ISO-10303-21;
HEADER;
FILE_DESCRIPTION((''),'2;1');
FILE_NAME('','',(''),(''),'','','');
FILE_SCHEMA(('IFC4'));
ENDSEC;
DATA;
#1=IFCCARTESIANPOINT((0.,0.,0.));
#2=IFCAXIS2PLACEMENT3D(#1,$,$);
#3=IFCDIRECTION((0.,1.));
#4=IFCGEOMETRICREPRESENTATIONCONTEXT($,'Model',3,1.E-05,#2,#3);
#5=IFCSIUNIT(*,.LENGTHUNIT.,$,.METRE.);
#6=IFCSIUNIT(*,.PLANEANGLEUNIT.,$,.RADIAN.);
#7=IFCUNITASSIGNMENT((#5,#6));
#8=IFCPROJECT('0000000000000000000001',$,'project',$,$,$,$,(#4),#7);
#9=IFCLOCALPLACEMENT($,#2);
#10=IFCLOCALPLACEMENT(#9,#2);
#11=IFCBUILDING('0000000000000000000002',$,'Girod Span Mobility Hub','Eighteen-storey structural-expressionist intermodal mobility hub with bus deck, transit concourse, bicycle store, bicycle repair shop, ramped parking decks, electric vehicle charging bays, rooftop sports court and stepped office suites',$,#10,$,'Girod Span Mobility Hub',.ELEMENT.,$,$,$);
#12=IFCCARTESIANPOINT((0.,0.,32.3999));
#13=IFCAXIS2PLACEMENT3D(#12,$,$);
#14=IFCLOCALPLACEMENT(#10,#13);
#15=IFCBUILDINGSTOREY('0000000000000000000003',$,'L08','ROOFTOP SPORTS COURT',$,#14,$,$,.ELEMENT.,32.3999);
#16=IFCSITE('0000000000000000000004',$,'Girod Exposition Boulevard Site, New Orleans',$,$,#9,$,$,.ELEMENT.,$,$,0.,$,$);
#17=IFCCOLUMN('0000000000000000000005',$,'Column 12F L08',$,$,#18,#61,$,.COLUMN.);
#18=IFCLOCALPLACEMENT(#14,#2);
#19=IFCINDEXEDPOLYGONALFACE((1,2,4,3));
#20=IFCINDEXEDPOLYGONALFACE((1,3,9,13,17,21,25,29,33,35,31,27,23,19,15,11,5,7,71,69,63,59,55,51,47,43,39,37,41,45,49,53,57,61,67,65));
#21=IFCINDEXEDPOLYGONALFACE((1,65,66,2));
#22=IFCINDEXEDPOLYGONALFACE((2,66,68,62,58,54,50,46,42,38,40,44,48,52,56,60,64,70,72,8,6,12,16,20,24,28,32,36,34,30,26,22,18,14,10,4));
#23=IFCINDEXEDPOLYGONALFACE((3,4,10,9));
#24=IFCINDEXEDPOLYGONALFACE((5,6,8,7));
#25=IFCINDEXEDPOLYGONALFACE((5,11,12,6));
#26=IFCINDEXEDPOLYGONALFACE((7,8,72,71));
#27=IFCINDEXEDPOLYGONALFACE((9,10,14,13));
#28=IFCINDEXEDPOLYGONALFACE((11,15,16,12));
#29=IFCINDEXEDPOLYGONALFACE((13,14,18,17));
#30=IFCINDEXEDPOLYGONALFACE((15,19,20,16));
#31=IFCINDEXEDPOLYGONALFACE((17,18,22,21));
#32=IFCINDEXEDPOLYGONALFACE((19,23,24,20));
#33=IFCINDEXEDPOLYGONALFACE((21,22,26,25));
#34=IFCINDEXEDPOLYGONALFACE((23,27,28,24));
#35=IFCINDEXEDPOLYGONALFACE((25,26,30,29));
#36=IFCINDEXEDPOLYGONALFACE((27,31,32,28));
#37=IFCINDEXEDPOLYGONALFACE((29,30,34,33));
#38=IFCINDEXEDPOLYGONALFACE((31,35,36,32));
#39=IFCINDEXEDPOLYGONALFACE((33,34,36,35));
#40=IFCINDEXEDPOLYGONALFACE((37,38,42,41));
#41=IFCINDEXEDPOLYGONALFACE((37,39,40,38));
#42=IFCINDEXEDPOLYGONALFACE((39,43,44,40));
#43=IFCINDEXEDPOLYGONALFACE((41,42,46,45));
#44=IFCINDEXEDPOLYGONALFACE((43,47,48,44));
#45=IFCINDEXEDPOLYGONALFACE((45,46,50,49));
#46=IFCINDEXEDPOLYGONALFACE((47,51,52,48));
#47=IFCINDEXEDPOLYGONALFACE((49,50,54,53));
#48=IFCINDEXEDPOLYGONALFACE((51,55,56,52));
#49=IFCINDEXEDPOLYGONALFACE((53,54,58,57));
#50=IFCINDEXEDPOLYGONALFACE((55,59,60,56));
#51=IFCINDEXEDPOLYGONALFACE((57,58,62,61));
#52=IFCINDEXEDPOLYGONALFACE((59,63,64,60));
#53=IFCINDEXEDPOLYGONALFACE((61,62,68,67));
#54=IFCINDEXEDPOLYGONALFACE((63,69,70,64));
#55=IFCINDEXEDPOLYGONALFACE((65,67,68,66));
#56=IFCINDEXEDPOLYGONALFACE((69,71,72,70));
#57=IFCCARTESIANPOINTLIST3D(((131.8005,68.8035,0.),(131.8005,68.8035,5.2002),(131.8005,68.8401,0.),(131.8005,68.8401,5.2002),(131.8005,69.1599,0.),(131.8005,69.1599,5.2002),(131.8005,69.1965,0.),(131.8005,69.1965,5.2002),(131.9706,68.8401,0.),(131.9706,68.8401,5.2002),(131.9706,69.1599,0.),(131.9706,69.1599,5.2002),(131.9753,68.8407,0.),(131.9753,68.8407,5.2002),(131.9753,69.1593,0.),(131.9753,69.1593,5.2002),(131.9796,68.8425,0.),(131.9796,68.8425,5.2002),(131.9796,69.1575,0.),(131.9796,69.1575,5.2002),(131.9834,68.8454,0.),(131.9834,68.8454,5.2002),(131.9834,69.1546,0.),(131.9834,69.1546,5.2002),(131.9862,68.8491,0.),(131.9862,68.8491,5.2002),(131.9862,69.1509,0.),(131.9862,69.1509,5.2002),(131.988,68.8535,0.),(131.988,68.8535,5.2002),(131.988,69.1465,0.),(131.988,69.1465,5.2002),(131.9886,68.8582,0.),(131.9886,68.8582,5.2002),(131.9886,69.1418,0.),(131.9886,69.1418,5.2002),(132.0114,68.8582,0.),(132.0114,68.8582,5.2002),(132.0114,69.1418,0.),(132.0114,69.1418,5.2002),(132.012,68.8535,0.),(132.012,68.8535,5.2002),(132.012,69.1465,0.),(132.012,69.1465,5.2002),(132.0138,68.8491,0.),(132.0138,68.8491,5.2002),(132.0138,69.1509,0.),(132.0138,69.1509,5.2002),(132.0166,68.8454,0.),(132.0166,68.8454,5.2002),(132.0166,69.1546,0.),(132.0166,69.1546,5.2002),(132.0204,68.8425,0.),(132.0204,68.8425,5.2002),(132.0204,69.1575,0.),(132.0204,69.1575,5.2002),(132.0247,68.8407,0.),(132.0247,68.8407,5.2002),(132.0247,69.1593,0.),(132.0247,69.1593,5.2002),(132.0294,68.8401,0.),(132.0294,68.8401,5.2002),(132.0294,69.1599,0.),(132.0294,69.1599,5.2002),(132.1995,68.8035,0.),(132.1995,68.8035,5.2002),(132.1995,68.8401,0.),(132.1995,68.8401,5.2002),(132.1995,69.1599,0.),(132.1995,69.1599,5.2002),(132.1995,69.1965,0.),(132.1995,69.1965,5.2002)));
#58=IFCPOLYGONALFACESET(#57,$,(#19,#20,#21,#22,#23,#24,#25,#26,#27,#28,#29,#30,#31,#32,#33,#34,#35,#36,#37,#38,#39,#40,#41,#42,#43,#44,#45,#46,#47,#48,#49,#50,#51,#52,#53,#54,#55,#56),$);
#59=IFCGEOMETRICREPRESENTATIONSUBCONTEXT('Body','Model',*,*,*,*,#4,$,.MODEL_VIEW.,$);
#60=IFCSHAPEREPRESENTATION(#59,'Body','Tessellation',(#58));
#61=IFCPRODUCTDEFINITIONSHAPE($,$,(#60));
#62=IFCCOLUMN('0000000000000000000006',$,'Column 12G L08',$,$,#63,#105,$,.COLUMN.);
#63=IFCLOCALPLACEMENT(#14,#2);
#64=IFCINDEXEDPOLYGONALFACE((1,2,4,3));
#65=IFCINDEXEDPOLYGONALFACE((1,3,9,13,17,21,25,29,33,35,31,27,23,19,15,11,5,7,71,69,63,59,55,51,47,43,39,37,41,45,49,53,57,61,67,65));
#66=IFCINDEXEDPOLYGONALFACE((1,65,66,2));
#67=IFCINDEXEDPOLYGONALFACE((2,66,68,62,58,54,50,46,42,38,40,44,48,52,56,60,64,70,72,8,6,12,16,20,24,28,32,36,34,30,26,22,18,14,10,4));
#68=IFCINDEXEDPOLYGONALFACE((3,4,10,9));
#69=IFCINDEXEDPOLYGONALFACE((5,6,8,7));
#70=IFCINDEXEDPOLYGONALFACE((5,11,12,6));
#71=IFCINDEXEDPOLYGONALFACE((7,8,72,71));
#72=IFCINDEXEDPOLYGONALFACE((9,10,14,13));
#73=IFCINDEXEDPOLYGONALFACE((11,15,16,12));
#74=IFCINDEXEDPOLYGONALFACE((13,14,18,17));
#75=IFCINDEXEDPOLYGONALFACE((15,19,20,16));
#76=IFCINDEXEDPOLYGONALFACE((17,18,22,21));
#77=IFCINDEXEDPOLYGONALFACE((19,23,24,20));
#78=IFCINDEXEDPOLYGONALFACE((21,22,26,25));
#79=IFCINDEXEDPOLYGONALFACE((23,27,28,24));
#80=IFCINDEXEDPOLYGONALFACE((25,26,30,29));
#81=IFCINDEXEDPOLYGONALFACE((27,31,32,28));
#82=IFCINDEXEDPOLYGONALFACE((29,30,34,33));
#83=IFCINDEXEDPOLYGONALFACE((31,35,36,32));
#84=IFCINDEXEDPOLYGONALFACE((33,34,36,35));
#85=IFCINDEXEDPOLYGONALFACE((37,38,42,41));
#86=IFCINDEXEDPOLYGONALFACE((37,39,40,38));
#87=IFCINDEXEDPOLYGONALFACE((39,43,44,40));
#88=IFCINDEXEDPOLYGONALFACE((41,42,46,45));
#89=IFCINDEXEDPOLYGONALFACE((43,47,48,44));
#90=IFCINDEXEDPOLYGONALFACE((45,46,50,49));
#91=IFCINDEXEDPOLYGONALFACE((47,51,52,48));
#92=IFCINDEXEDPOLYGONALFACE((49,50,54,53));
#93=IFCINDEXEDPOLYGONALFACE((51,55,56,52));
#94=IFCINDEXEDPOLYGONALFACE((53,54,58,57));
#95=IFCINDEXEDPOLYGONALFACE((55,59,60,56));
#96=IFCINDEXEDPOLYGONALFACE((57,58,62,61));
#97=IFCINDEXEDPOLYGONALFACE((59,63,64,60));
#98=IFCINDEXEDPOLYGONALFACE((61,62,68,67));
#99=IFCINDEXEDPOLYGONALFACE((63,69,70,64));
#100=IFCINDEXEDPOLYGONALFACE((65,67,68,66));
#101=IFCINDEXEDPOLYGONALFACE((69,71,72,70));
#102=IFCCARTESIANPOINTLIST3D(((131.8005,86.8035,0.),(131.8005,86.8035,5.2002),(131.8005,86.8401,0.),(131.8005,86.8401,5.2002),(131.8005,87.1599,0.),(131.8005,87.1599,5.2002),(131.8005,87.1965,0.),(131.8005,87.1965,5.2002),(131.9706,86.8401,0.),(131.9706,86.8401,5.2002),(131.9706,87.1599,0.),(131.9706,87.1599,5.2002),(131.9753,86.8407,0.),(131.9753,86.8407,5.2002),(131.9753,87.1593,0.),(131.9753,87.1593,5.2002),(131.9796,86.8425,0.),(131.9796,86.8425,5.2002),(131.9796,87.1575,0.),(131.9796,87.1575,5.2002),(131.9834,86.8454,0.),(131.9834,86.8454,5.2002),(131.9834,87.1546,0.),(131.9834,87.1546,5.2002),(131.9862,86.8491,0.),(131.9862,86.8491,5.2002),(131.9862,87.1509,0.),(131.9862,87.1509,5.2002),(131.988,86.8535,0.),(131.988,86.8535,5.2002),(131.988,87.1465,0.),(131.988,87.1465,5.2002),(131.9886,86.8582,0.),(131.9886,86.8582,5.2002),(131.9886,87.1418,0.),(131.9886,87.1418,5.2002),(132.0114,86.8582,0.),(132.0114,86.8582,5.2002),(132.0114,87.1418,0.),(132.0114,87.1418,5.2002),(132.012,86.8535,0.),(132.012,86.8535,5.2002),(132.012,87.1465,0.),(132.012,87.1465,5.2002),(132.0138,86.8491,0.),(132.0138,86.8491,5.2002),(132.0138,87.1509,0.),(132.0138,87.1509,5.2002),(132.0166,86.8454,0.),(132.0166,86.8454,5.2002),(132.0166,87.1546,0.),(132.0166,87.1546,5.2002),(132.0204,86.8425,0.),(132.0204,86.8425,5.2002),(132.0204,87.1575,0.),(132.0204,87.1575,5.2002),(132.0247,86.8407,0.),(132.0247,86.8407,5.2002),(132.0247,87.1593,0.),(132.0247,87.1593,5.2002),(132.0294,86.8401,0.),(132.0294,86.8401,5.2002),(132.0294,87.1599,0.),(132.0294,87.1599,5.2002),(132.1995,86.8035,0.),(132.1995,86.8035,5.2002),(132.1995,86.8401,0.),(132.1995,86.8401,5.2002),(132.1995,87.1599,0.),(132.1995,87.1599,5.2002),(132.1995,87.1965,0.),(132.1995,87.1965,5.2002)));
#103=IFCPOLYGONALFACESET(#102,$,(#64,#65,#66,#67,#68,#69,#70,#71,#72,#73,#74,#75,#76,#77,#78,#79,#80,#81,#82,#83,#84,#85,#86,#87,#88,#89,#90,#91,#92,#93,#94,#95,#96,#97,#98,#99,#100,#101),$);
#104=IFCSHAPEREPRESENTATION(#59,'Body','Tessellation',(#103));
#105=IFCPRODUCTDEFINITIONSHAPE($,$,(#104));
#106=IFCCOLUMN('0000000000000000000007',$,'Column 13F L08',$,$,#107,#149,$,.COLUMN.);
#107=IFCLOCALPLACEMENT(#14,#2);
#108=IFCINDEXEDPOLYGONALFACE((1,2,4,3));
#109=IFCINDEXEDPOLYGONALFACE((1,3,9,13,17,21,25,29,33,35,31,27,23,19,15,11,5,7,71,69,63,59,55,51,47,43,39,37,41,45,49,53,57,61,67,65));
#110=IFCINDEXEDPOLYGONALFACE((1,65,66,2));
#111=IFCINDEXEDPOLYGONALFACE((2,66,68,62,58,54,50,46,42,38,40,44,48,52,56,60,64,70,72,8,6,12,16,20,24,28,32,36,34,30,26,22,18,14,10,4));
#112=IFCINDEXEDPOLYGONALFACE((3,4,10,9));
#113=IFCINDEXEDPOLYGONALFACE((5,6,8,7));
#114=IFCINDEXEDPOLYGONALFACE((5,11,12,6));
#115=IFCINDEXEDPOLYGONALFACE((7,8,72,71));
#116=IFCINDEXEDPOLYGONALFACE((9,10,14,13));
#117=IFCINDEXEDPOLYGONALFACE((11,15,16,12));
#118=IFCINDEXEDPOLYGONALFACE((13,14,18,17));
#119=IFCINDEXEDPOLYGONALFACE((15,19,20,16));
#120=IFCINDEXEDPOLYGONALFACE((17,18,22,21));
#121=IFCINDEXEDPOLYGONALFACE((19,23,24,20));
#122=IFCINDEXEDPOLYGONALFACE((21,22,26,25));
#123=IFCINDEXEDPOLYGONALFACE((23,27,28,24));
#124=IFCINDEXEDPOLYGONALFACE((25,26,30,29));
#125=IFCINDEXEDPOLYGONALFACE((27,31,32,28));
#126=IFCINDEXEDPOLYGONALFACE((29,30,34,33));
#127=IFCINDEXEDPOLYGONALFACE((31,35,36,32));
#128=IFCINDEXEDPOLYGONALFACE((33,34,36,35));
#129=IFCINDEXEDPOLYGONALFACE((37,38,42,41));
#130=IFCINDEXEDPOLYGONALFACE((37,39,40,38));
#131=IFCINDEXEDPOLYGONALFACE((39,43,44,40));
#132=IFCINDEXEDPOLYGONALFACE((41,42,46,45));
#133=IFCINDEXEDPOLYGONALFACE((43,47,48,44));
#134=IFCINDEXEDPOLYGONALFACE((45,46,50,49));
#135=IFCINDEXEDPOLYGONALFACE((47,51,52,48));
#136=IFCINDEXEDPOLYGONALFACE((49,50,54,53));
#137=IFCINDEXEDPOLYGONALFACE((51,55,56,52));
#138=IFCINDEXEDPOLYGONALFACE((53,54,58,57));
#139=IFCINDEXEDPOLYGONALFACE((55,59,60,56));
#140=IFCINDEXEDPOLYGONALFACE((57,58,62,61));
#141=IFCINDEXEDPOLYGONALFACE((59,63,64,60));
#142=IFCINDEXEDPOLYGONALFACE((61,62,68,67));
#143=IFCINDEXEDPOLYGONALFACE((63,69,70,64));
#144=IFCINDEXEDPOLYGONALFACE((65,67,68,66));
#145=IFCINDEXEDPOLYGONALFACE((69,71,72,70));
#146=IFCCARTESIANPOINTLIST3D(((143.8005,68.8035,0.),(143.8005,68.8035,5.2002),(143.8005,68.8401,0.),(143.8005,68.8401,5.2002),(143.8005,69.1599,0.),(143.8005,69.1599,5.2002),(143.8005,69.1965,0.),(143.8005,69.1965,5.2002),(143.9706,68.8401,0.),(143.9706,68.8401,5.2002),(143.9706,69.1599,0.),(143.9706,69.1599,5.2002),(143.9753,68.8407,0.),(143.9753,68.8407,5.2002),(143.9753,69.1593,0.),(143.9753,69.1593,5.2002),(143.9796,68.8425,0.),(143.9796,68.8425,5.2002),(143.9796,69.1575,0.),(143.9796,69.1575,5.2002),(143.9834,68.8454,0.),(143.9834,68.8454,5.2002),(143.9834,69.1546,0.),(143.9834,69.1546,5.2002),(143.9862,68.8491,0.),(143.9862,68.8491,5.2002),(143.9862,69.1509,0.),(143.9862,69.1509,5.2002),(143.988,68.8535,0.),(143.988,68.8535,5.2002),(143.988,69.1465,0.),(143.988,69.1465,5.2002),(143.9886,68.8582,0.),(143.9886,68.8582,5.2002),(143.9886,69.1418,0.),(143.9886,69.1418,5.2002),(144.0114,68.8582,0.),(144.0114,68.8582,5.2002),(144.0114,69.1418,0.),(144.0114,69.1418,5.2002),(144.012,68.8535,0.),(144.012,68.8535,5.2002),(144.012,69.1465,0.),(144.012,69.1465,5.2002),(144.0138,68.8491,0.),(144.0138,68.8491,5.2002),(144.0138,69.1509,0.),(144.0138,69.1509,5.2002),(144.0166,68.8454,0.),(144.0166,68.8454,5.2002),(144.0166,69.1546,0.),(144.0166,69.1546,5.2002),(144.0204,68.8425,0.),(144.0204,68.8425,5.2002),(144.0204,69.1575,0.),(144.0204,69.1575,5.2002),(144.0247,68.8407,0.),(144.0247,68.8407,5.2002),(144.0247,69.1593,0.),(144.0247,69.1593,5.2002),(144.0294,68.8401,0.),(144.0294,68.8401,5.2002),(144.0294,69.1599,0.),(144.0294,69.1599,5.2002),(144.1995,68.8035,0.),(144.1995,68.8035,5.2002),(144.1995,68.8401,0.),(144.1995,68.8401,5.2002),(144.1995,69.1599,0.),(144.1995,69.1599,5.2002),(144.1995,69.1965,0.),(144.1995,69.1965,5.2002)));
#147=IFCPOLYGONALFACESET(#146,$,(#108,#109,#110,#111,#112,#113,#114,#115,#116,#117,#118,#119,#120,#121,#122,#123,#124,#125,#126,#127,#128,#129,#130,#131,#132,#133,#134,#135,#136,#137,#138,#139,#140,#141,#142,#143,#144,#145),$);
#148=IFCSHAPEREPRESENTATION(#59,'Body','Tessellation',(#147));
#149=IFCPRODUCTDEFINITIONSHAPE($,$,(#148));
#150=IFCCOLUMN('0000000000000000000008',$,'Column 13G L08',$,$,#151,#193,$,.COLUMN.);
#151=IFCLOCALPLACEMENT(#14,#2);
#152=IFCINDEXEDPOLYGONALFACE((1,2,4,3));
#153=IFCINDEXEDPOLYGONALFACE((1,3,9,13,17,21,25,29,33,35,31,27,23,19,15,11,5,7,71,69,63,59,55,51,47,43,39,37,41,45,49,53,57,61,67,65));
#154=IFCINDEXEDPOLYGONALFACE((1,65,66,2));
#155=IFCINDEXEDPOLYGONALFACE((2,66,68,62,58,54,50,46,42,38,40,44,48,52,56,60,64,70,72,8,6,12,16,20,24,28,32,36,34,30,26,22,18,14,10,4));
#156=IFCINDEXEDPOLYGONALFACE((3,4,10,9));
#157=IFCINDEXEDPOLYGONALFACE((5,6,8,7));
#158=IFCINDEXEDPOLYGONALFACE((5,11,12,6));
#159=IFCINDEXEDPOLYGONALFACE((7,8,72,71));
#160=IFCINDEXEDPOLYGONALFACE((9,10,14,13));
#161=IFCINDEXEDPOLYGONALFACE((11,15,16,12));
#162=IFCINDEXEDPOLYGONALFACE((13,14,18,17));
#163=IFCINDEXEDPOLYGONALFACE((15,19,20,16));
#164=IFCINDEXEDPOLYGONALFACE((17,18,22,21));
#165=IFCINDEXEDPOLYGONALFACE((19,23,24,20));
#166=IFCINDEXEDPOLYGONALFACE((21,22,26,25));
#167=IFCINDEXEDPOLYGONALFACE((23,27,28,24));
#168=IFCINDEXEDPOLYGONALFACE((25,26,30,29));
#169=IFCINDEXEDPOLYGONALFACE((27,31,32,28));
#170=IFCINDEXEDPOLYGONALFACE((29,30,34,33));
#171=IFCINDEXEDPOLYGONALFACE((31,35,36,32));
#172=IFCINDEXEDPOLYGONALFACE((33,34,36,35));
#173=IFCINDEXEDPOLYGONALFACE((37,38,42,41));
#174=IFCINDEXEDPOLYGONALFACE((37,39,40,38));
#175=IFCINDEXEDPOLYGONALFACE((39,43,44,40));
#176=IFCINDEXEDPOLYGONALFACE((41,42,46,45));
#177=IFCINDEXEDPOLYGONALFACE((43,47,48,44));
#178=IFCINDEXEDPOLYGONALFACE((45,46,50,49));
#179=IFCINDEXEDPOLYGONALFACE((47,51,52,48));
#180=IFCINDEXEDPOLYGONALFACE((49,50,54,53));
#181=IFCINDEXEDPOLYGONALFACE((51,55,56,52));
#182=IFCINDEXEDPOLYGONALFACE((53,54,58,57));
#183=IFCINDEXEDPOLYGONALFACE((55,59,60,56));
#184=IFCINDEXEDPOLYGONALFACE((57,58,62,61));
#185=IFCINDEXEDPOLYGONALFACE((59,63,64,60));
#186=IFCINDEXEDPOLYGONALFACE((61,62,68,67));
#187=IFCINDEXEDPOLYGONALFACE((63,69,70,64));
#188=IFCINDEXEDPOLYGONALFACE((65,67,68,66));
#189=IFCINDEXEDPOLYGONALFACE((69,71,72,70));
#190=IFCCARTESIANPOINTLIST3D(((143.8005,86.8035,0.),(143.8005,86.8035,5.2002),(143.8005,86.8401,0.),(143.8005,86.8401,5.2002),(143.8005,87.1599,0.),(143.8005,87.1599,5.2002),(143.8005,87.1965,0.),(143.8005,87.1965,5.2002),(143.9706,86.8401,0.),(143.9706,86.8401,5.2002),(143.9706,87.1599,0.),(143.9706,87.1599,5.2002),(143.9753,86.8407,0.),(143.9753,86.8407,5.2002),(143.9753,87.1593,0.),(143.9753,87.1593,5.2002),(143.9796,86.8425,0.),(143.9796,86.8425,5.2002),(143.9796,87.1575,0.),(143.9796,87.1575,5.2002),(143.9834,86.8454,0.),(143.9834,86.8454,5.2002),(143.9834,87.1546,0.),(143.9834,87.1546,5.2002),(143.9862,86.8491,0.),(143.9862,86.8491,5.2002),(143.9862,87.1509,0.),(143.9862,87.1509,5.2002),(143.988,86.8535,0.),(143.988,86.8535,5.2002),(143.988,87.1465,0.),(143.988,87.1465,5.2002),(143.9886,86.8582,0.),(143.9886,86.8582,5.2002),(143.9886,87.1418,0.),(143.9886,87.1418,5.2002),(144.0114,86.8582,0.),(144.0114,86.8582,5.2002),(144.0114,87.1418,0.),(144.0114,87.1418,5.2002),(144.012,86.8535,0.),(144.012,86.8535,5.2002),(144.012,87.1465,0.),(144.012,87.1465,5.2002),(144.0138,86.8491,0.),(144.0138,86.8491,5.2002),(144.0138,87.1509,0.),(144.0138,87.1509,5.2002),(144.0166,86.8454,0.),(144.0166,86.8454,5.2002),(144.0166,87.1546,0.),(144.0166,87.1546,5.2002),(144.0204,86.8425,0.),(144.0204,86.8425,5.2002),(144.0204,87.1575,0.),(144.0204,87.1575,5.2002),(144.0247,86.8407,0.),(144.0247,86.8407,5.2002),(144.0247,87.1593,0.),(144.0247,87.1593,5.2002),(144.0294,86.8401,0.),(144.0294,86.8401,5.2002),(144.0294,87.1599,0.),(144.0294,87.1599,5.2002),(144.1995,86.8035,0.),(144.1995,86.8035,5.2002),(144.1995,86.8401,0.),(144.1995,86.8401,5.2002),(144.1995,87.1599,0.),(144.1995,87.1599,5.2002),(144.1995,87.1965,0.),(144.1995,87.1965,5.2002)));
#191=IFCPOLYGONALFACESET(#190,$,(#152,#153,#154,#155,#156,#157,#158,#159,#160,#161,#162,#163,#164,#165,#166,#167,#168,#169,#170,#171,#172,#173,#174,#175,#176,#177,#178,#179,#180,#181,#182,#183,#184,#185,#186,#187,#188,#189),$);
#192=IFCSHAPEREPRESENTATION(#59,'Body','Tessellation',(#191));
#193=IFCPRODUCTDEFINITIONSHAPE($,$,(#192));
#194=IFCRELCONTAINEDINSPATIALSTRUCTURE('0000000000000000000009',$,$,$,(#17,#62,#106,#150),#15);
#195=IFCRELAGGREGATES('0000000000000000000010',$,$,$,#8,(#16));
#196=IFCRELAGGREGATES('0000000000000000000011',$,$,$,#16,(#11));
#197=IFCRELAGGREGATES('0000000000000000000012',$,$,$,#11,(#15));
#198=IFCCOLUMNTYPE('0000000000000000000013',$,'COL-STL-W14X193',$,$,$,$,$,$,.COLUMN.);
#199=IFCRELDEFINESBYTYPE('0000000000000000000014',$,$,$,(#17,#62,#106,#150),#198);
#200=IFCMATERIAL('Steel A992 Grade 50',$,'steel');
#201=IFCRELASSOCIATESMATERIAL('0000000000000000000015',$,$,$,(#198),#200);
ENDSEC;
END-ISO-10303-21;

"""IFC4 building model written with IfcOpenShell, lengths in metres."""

from ifc_helpers import new_model, si_unit, direction, frame, origin, origin_2d, place, context, subcontext, project, spatial, i_section, extrude, material, material_profile, profile_set, type_object, element, save


model = new_model("IFC4")

# Units and contexts
model_context = context("Model", 3, precision=1e-05, world=origin(), true_north=direction((0.0, 1.0)))
body_context = subcontext(model_context, "Body", "Model", "MODEL_VIEW")
ifc_project = project(units=[si_unit("LENGTHUNIT", "METRE"), si_unit("PLANEANGLEUNIT", "RADIAN")], contexts=[model_context])

# Site, building, storey
site_placement = place(None, origin())
site = spatial("IfcSite", under=ifc_project, at=site_placement, Name="Girod Exposition Boulevard Site, New Orleans", CompositionType="ELEMENT", RefElevation=0.0)
building_placement = place(site_placement, origin())
building = spatial("IfcBuilding", under=site, at=building_placement, Name="Girod Span Mobility Hub", Description="Eighteen-storey structural-expressionist intermodal mobility hub with bus deck, transit concourse, bicycle store, bicycle repair shop, ramped parking decks, electric vehicle charging bays, rooftop sports court and stepped office suites", LongName="Girod Span Mobility Hub", CompositionType="ELEMENT")
storey_placement = place(building_placement, frame((0.0, 0.0, 32.3999)))
storey = spatial("IfcBuildingStorey", under=building, at=storey_placement, Name="L08", Description="ROOFTOP SPORTS COURT", CompositionType="ELEMENT", Elevation=32.3999)

# Columns
ifc_material_1 = material(Name="Steel A992 Grade 50", Category="steel")
ifc_material_profile_1 = material_profile(ifc_material_1, i_section(OverallWidth=0.3989, OverallDepth=0.3931, WebThickness=0.0227, FlangeThickness=0.0366, FilletRadius=0.0181, at=origin_2d()), Name="W14X193")
ifc_profile_set_1 = profile_set([ifc_material_profile_1], Name="Steel A992 Grade 50")
column_type = type_object("IfcColumnType", Name="COL-STL-W14X193", PredefinedType="COLUMN", material=ifc_profile_set_1)
for number, where, z_axis, x_axis, name in (
    (1, (132.0, 69.0, 0.0), (0.0, 0.0, 1.0), (1.0, 0.0, 0.0), "Column 12F L08"),
    (2, (132.0, 87.0, 0.0), (0.0, 0.0, 1.0), (1.0, 0.0, 0.0), "Column 12G L08"),
    (3, (144.0, 69.0, 0.0), (0.0, 0.0, 1.0), (1.0, 0.0, 0.0), "Column 13F L08"),
    (4, (144.0, 87.0, 0.0), (0.0, 0.0, 1.0), (1.0, 0.0, 0.0), "Column 13G L08"),
):
    element("IfcColumn", number, at=place(storey_placement, frame(where, z_axis=z_axis, x_axis=x_axis)), inside=storey, type_object=column_type, Name=name, PredefinedType="COLUMN", context=body_context, shape_type="SweptSolid", body=[
        extrude(i_section(OverallWidth=0.3989, OverallDepth=0.3931, WebThickness=0.0227, FlangeThickness=0.0366, FilletRadius=0.0181, at=origin_2d()), origin(), (0.0, 0.0, 1.0), 5.2002),
    ])

save(model, "model.ifc")
